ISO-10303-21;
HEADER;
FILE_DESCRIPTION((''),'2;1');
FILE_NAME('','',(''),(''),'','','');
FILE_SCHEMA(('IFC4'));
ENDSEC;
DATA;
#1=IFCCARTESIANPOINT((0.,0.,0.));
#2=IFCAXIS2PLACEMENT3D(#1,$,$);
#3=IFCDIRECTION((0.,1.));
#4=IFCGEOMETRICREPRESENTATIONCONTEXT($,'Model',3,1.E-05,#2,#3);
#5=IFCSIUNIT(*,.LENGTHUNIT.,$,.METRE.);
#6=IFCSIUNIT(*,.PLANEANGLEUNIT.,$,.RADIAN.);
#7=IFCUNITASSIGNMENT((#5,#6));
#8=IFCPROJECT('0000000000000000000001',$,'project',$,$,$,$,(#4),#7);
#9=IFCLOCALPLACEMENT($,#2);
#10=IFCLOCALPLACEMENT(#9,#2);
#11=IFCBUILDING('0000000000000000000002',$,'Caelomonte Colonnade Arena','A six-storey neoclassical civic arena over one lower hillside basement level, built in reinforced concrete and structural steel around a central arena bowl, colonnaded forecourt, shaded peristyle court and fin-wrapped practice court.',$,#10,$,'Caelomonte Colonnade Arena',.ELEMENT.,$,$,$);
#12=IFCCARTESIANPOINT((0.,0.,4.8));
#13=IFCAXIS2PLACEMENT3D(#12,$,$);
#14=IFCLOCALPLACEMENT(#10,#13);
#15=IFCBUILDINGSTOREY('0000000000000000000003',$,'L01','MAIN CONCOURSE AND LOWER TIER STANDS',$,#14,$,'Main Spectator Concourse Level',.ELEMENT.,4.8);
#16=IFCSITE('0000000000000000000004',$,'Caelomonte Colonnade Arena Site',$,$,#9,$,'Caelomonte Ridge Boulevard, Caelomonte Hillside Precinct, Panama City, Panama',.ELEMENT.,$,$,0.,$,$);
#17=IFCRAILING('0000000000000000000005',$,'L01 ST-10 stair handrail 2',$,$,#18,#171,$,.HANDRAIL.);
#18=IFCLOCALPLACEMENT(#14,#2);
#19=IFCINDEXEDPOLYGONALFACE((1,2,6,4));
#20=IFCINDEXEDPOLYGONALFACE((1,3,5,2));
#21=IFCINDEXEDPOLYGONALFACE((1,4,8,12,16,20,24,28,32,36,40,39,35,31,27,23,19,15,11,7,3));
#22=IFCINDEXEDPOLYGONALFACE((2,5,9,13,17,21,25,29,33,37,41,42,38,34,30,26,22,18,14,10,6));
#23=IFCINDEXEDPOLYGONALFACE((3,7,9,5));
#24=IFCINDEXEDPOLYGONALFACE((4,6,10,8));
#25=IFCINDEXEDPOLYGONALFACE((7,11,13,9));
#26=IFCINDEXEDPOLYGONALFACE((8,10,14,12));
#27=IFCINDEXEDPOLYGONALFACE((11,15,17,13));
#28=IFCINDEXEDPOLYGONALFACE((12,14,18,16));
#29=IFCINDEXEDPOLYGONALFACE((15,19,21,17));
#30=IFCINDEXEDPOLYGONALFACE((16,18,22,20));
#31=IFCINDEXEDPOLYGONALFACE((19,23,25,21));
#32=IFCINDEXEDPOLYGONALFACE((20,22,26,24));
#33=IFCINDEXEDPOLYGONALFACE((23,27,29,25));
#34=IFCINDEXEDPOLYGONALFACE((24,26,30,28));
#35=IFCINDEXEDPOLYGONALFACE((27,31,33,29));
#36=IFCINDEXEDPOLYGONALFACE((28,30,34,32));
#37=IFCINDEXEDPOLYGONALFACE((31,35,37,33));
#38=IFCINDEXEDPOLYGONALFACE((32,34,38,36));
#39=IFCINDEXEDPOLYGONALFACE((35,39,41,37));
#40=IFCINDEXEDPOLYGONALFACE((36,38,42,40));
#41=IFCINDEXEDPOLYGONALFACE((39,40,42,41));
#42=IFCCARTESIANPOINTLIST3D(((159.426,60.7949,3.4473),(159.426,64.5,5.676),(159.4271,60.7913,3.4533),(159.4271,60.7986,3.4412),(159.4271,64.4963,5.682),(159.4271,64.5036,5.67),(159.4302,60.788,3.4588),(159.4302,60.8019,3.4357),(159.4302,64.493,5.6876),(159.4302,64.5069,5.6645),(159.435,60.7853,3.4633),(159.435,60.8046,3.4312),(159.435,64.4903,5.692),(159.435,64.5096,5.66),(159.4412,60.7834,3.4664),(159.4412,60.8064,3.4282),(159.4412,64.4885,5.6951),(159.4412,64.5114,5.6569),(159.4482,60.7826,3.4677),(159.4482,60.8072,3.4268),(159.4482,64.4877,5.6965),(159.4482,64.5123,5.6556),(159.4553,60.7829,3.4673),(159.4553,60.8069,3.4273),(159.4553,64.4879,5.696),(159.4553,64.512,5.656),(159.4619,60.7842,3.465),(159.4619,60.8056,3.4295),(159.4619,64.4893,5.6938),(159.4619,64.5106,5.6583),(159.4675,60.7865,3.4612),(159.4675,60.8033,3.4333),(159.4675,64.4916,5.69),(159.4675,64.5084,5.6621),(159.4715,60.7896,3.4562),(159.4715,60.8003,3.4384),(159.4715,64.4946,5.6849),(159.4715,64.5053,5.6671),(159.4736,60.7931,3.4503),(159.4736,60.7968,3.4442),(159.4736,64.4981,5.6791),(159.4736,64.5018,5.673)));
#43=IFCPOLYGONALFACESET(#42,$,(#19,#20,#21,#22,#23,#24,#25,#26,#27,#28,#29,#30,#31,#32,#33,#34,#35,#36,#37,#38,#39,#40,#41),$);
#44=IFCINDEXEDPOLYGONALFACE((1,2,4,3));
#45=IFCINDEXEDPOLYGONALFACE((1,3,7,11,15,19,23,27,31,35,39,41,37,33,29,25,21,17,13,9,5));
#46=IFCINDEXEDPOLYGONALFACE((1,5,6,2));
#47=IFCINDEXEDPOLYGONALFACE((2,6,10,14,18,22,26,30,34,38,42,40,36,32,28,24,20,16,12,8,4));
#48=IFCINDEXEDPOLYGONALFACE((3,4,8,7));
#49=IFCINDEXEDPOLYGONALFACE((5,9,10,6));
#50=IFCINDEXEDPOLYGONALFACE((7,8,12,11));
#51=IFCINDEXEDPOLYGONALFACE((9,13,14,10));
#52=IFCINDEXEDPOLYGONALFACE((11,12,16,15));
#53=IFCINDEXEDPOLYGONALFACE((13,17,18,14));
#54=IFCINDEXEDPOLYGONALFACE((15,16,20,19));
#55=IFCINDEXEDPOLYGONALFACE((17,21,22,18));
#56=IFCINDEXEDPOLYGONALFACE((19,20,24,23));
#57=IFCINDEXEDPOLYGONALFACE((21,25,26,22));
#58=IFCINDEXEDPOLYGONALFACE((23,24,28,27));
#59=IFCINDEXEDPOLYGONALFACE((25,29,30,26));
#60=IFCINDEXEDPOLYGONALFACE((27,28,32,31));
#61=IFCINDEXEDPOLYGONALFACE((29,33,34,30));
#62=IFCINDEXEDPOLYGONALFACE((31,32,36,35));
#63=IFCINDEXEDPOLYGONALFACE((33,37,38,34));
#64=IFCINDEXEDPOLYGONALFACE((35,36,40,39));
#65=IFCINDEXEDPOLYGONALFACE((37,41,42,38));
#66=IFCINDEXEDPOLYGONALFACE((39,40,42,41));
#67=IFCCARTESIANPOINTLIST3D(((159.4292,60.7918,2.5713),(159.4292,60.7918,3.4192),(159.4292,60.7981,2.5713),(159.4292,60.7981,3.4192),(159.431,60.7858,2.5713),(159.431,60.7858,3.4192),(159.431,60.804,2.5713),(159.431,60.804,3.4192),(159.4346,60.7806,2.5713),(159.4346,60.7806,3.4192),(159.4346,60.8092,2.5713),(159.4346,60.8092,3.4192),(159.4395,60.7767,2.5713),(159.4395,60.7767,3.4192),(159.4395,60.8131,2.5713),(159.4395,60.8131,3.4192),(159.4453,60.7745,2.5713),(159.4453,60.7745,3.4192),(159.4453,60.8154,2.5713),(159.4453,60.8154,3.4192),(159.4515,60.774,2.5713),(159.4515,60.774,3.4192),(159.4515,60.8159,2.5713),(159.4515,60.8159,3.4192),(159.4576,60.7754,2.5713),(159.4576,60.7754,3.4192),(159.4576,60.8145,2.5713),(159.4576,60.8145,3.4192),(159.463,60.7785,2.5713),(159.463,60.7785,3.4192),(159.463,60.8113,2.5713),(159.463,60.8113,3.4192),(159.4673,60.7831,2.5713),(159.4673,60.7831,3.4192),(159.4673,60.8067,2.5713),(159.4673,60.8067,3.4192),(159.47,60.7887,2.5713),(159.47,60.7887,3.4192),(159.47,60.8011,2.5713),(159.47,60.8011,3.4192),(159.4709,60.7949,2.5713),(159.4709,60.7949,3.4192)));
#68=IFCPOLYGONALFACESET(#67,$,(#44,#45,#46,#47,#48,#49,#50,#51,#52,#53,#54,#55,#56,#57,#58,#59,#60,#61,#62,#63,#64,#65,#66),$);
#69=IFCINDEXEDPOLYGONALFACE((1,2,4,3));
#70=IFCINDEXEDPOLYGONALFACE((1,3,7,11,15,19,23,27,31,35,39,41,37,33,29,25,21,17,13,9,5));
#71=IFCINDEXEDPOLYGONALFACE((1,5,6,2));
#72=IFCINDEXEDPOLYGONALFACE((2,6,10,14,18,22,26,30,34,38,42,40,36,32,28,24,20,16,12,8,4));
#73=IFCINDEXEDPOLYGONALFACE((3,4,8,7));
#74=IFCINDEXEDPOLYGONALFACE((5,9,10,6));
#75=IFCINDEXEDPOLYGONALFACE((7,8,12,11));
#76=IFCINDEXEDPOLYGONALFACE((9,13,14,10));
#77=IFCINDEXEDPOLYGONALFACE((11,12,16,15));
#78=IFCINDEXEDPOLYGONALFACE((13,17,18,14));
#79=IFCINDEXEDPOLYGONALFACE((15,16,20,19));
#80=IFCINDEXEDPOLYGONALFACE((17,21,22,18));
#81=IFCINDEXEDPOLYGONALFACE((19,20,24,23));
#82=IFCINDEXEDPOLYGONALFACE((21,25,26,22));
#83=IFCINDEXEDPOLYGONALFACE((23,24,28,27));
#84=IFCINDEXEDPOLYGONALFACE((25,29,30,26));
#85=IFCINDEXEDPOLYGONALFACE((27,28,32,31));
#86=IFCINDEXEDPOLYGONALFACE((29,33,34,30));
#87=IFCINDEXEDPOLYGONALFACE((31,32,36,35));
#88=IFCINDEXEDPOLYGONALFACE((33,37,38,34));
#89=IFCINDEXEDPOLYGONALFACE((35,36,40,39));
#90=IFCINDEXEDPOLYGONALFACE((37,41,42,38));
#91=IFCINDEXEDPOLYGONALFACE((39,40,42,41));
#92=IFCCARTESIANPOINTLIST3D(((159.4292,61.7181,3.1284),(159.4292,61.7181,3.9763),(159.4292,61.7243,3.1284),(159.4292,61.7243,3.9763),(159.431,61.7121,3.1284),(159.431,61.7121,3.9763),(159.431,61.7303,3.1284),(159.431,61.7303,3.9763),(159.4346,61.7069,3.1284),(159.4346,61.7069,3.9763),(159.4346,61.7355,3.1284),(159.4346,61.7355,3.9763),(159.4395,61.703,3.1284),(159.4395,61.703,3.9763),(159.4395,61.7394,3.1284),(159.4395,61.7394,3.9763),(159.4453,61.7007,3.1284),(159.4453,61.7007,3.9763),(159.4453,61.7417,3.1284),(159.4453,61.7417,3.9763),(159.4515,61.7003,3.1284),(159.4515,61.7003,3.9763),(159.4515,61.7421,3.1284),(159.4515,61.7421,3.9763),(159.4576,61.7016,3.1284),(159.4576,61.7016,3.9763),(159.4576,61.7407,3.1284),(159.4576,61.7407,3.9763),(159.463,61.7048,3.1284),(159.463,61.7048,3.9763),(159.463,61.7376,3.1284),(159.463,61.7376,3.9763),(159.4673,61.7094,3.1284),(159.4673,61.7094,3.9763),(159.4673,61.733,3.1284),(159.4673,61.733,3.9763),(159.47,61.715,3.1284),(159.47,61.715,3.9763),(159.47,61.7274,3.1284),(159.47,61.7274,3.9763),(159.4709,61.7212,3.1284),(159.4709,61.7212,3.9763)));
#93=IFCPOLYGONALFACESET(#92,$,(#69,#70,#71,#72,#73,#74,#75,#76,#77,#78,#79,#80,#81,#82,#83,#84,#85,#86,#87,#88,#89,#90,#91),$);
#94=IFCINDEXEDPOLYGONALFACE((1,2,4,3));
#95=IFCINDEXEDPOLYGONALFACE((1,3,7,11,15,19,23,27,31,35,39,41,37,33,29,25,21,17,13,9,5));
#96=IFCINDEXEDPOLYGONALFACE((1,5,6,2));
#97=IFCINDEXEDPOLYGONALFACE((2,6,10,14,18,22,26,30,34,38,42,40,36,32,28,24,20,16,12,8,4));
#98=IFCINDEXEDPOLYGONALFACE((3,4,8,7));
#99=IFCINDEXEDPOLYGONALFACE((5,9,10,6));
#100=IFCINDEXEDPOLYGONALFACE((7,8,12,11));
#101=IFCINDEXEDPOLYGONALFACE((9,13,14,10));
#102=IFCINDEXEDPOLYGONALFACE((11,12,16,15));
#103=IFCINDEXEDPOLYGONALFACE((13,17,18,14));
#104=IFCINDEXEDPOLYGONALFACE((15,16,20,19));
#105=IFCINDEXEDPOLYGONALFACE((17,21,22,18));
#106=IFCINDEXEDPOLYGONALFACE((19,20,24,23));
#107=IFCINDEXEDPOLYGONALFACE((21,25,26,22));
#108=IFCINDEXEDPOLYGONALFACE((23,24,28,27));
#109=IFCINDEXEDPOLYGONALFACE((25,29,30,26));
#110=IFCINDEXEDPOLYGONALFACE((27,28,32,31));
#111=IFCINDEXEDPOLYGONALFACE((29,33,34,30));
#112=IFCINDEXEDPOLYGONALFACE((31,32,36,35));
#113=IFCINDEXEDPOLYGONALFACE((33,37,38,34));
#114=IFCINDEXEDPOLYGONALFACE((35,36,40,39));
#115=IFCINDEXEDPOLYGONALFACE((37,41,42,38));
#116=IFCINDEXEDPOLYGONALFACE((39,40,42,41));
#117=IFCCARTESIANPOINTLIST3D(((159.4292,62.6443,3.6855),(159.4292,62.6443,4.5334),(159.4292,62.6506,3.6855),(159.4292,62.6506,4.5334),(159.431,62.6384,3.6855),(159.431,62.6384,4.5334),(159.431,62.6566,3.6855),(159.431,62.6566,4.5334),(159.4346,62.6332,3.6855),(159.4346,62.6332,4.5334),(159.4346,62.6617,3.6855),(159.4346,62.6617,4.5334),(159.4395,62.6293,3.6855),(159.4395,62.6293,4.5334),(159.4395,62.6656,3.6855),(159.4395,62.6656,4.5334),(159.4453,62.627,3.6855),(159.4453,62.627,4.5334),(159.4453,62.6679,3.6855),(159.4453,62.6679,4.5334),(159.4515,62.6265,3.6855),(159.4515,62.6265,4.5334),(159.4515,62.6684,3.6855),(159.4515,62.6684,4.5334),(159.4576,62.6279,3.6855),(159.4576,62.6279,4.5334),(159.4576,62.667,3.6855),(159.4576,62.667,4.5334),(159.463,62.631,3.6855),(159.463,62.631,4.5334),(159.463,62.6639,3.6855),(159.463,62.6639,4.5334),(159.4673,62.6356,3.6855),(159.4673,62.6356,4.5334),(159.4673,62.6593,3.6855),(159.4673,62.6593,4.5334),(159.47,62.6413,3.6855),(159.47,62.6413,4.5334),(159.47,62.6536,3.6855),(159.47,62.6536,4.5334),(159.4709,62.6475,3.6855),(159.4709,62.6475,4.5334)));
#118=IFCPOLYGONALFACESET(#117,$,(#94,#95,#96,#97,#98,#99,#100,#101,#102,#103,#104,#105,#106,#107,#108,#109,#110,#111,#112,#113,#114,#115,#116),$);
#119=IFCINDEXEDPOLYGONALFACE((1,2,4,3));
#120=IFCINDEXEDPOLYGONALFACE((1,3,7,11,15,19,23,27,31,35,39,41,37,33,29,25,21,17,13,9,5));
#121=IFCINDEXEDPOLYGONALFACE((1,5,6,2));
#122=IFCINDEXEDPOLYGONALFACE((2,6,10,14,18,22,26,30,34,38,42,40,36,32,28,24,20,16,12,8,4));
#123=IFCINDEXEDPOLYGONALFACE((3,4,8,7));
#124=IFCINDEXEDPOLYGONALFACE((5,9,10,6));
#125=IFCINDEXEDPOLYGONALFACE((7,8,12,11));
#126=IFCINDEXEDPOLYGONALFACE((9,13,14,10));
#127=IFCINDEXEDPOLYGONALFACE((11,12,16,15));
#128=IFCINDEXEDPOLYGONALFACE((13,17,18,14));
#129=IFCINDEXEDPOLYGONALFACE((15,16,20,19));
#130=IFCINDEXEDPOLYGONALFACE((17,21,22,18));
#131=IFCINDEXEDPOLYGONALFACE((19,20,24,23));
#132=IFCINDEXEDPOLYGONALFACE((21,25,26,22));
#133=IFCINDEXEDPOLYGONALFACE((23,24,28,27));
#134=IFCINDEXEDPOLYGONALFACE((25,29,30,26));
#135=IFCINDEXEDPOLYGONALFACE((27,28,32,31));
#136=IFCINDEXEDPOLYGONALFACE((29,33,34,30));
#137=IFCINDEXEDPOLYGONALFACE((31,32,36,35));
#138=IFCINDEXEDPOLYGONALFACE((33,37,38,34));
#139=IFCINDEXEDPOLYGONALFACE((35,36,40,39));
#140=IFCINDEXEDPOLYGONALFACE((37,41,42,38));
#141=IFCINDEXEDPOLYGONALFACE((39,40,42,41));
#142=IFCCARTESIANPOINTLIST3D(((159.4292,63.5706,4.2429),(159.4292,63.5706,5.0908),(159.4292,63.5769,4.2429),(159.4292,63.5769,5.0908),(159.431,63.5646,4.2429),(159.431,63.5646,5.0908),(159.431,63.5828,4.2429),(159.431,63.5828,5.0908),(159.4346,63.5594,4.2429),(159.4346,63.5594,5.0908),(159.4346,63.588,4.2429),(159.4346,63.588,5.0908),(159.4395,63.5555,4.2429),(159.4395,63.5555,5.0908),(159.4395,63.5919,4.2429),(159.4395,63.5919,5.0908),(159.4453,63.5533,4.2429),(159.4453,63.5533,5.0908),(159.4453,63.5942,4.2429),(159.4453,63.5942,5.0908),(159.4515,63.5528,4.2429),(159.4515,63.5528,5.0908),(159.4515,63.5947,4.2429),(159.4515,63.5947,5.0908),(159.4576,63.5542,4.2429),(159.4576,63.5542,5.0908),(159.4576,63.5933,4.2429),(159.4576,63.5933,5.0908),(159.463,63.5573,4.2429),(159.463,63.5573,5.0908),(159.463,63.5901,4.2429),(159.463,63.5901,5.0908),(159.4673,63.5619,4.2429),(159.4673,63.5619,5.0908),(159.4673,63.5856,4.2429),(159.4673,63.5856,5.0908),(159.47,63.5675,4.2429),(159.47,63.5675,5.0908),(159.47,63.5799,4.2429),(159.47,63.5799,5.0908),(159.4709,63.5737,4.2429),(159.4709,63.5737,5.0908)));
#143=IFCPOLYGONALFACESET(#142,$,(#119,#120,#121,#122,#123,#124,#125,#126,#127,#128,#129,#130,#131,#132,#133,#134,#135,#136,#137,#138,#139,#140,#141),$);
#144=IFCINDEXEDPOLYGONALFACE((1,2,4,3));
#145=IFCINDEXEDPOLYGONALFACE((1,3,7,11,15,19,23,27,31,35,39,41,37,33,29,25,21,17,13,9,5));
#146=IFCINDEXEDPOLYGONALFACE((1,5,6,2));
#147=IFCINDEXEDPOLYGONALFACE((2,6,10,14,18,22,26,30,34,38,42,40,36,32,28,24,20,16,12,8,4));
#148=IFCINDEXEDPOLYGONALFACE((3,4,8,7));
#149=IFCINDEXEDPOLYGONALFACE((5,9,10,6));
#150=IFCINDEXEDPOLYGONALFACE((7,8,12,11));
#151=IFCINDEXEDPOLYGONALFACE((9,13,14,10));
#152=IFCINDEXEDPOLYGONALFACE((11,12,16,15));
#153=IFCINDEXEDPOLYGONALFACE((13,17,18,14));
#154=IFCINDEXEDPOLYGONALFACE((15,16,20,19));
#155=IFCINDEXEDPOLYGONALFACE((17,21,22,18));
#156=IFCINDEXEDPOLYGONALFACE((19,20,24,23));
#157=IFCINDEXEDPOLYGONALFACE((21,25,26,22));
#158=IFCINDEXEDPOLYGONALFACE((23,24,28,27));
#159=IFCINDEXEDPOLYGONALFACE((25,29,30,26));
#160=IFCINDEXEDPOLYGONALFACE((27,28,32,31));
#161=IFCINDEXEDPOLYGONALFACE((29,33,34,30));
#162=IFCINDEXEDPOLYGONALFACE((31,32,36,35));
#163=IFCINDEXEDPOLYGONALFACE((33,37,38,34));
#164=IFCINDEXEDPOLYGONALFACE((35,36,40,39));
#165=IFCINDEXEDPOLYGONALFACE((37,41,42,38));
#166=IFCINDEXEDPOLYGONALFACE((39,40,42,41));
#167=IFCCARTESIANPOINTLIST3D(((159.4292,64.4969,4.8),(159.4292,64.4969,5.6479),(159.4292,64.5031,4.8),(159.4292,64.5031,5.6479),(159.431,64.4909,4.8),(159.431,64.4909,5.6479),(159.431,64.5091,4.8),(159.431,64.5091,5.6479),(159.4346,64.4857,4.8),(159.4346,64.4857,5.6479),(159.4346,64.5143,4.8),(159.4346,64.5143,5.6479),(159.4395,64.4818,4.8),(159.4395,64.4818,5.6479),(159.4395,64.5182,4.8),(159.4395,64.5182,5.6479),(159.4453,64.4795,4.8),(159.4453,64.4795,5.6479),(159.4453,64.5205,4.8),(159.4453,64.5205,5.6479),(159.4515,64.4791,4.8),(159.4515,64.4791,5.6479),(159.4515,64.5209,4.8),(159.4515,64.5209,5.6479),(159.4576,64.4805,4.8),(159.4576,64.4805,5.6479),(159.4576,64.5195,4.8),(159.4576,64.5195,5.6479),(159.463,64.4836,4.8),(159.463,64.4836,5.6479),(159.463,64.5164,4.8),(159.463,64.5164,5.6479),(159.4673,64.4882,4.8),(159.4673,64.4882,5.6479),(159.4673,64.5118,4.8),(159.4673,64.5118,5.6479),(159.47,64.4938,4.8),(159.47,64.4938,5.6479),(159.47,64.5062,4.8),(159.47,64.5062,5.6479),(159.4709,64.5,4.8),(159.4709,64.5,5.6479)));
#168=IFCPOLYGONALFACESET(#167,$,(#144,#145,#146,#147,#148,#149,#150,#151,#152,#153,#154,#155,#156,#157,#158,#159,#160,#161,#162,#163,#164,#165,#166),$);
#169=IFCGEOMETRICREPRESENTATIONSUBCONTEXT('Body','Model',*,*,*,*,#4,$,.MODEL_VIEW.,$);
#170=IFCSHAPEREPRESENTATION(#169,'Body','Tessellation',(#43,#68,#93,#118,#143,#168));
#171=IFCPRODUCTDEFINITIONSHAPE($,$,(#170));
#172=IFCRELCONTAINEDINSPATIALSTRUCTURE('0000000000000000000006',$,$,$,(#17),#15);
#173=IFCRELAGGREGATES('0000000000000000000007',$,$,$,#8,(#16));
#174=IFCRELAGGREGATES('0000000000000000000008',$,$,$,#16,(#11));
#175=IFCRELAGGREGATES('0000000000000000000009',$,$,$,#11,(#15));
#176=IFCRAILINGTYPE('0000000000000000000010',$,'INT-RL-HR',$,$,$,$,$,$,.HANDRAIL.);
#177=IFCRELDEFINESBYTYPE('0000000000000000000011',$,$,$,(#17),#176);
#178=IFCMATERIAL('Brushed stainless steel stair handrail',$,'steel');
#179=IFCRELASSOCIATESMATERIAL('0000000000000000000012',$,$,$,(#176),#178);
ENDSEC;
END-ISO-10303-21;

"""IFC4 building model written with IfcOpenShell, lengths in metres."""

from ifc_helpers import new_model, si_unit, direction, frame, origin, origin_2d, place, context, subcontext, project, spatial, circle, extrude, material, type_object, element, save


model = new_model("IFC4")

# Units and contexts
model_context = context("Model", 3, precision=1e-05, world=origin(), true_north=direction((0.0, 1.0)))
body_context = subcontext(model_context, "Body", "Model", "MODEL_VIEW")
ifc_project = project(units=[si_unit("LENGTHUNIT", "METRE"), si_unit("PLANEANGLEUNIT", "RADIAN")], contexts=[model_context])

# Site, building, storey
site_placement = place(None, origin())
site = spatial("IfcSite", under=ifc_project, at=site_placement, Name="Caelomonte Colonnade Arena Site", LongName="Caelomonte Ridge Boulevard, Caelomonte Hillside Precinct, Panama City, Panama", CompositionType="ELEMENT", RefElevation=0.0)
building_placement = place(site_placement, origin())
building = spatial("IfcBuilding", under=site, at=building_placement, Name="Caelomonte Colonnade Arena", Description="A six-storey neoclassical civic arena over one lower hillside basement level, built in reinforced concrete and structural steel around a central arena bowl, colonnaded forecourt, shaded peristyle court and fin-wrapped practice court.", LongName="Caelomonte Colonnade Arena", CompositionType="ELEMENT")
storey_placement = place(building_placement, frame((0.0, 0.0, 4.8)))
storey = spatial("IfcBuildingStorey", under=building, at=storey_placement, Name="L01", Description="MAIN CONCOURSE AND LOWER TIER STANDS", LongName="Main Spectator Concourse Level", CompositionType="ELEMENT", Elevation=4.8)

# Railing
ifc_material_1 = material(Name="Brushed stainless steel stair handrail", Category="steel")
railing_type_1 = type_object("IfcRailingType", Name="INT-RL-HR", PredefinedType="HANDRAIL", material=ifc_material_1)
railing_1_placement = place(storey_placement, frame((159.45, 60.7949, 2.5713)))
element("IfcRailing", 1, at=railing_1_placement, inside=storey, type_object=railing_type_1, Name="L01 ST-10 stair handrail 2", PredefinedType="HANDRAIL", context=body_context, shape_type="SweptSolid", body=[
    extrude(circle(Radius=0.0239, at=origin_2d()), frame((0.0, 0.0, 0.876), z_axis=(0.0, 0.856909, 0.515467), x_axis=(-1.0, 0.0, 0.0)), (0.0, 0.0, 1.0), 4.3237),
    extrude(circle(Radius=0.021, at=origin_2d()), origin(), (0.0, 0.0, 1.0), 0.8479),
    extrude(circle(Radius=0.021, at=origin_2d()), frame((0.0, 0.9263, 0.5571)), (0.0, 0.0, 1.0), 0.8479),
    extrude(circle(Radius=0.021, at=origin_2d()), frame((0.0, 1.8525, 1.1143)), (0.0, 0.0, 1.0), 0.8479),
    extrude(circle(Radius=0.021, at=origin_2d()), frame((0.0, 2.7788, 1.6716)), (0.0, 0.0, 1.0), 0.8479),
    extrude(circle(Radius=0.021, at=origin_2d()), frame((0.0, 3.7051, 2.2288)), (0.0, 0.0, 1.0), 0.8479),
])

save(model, "model.ifc")
